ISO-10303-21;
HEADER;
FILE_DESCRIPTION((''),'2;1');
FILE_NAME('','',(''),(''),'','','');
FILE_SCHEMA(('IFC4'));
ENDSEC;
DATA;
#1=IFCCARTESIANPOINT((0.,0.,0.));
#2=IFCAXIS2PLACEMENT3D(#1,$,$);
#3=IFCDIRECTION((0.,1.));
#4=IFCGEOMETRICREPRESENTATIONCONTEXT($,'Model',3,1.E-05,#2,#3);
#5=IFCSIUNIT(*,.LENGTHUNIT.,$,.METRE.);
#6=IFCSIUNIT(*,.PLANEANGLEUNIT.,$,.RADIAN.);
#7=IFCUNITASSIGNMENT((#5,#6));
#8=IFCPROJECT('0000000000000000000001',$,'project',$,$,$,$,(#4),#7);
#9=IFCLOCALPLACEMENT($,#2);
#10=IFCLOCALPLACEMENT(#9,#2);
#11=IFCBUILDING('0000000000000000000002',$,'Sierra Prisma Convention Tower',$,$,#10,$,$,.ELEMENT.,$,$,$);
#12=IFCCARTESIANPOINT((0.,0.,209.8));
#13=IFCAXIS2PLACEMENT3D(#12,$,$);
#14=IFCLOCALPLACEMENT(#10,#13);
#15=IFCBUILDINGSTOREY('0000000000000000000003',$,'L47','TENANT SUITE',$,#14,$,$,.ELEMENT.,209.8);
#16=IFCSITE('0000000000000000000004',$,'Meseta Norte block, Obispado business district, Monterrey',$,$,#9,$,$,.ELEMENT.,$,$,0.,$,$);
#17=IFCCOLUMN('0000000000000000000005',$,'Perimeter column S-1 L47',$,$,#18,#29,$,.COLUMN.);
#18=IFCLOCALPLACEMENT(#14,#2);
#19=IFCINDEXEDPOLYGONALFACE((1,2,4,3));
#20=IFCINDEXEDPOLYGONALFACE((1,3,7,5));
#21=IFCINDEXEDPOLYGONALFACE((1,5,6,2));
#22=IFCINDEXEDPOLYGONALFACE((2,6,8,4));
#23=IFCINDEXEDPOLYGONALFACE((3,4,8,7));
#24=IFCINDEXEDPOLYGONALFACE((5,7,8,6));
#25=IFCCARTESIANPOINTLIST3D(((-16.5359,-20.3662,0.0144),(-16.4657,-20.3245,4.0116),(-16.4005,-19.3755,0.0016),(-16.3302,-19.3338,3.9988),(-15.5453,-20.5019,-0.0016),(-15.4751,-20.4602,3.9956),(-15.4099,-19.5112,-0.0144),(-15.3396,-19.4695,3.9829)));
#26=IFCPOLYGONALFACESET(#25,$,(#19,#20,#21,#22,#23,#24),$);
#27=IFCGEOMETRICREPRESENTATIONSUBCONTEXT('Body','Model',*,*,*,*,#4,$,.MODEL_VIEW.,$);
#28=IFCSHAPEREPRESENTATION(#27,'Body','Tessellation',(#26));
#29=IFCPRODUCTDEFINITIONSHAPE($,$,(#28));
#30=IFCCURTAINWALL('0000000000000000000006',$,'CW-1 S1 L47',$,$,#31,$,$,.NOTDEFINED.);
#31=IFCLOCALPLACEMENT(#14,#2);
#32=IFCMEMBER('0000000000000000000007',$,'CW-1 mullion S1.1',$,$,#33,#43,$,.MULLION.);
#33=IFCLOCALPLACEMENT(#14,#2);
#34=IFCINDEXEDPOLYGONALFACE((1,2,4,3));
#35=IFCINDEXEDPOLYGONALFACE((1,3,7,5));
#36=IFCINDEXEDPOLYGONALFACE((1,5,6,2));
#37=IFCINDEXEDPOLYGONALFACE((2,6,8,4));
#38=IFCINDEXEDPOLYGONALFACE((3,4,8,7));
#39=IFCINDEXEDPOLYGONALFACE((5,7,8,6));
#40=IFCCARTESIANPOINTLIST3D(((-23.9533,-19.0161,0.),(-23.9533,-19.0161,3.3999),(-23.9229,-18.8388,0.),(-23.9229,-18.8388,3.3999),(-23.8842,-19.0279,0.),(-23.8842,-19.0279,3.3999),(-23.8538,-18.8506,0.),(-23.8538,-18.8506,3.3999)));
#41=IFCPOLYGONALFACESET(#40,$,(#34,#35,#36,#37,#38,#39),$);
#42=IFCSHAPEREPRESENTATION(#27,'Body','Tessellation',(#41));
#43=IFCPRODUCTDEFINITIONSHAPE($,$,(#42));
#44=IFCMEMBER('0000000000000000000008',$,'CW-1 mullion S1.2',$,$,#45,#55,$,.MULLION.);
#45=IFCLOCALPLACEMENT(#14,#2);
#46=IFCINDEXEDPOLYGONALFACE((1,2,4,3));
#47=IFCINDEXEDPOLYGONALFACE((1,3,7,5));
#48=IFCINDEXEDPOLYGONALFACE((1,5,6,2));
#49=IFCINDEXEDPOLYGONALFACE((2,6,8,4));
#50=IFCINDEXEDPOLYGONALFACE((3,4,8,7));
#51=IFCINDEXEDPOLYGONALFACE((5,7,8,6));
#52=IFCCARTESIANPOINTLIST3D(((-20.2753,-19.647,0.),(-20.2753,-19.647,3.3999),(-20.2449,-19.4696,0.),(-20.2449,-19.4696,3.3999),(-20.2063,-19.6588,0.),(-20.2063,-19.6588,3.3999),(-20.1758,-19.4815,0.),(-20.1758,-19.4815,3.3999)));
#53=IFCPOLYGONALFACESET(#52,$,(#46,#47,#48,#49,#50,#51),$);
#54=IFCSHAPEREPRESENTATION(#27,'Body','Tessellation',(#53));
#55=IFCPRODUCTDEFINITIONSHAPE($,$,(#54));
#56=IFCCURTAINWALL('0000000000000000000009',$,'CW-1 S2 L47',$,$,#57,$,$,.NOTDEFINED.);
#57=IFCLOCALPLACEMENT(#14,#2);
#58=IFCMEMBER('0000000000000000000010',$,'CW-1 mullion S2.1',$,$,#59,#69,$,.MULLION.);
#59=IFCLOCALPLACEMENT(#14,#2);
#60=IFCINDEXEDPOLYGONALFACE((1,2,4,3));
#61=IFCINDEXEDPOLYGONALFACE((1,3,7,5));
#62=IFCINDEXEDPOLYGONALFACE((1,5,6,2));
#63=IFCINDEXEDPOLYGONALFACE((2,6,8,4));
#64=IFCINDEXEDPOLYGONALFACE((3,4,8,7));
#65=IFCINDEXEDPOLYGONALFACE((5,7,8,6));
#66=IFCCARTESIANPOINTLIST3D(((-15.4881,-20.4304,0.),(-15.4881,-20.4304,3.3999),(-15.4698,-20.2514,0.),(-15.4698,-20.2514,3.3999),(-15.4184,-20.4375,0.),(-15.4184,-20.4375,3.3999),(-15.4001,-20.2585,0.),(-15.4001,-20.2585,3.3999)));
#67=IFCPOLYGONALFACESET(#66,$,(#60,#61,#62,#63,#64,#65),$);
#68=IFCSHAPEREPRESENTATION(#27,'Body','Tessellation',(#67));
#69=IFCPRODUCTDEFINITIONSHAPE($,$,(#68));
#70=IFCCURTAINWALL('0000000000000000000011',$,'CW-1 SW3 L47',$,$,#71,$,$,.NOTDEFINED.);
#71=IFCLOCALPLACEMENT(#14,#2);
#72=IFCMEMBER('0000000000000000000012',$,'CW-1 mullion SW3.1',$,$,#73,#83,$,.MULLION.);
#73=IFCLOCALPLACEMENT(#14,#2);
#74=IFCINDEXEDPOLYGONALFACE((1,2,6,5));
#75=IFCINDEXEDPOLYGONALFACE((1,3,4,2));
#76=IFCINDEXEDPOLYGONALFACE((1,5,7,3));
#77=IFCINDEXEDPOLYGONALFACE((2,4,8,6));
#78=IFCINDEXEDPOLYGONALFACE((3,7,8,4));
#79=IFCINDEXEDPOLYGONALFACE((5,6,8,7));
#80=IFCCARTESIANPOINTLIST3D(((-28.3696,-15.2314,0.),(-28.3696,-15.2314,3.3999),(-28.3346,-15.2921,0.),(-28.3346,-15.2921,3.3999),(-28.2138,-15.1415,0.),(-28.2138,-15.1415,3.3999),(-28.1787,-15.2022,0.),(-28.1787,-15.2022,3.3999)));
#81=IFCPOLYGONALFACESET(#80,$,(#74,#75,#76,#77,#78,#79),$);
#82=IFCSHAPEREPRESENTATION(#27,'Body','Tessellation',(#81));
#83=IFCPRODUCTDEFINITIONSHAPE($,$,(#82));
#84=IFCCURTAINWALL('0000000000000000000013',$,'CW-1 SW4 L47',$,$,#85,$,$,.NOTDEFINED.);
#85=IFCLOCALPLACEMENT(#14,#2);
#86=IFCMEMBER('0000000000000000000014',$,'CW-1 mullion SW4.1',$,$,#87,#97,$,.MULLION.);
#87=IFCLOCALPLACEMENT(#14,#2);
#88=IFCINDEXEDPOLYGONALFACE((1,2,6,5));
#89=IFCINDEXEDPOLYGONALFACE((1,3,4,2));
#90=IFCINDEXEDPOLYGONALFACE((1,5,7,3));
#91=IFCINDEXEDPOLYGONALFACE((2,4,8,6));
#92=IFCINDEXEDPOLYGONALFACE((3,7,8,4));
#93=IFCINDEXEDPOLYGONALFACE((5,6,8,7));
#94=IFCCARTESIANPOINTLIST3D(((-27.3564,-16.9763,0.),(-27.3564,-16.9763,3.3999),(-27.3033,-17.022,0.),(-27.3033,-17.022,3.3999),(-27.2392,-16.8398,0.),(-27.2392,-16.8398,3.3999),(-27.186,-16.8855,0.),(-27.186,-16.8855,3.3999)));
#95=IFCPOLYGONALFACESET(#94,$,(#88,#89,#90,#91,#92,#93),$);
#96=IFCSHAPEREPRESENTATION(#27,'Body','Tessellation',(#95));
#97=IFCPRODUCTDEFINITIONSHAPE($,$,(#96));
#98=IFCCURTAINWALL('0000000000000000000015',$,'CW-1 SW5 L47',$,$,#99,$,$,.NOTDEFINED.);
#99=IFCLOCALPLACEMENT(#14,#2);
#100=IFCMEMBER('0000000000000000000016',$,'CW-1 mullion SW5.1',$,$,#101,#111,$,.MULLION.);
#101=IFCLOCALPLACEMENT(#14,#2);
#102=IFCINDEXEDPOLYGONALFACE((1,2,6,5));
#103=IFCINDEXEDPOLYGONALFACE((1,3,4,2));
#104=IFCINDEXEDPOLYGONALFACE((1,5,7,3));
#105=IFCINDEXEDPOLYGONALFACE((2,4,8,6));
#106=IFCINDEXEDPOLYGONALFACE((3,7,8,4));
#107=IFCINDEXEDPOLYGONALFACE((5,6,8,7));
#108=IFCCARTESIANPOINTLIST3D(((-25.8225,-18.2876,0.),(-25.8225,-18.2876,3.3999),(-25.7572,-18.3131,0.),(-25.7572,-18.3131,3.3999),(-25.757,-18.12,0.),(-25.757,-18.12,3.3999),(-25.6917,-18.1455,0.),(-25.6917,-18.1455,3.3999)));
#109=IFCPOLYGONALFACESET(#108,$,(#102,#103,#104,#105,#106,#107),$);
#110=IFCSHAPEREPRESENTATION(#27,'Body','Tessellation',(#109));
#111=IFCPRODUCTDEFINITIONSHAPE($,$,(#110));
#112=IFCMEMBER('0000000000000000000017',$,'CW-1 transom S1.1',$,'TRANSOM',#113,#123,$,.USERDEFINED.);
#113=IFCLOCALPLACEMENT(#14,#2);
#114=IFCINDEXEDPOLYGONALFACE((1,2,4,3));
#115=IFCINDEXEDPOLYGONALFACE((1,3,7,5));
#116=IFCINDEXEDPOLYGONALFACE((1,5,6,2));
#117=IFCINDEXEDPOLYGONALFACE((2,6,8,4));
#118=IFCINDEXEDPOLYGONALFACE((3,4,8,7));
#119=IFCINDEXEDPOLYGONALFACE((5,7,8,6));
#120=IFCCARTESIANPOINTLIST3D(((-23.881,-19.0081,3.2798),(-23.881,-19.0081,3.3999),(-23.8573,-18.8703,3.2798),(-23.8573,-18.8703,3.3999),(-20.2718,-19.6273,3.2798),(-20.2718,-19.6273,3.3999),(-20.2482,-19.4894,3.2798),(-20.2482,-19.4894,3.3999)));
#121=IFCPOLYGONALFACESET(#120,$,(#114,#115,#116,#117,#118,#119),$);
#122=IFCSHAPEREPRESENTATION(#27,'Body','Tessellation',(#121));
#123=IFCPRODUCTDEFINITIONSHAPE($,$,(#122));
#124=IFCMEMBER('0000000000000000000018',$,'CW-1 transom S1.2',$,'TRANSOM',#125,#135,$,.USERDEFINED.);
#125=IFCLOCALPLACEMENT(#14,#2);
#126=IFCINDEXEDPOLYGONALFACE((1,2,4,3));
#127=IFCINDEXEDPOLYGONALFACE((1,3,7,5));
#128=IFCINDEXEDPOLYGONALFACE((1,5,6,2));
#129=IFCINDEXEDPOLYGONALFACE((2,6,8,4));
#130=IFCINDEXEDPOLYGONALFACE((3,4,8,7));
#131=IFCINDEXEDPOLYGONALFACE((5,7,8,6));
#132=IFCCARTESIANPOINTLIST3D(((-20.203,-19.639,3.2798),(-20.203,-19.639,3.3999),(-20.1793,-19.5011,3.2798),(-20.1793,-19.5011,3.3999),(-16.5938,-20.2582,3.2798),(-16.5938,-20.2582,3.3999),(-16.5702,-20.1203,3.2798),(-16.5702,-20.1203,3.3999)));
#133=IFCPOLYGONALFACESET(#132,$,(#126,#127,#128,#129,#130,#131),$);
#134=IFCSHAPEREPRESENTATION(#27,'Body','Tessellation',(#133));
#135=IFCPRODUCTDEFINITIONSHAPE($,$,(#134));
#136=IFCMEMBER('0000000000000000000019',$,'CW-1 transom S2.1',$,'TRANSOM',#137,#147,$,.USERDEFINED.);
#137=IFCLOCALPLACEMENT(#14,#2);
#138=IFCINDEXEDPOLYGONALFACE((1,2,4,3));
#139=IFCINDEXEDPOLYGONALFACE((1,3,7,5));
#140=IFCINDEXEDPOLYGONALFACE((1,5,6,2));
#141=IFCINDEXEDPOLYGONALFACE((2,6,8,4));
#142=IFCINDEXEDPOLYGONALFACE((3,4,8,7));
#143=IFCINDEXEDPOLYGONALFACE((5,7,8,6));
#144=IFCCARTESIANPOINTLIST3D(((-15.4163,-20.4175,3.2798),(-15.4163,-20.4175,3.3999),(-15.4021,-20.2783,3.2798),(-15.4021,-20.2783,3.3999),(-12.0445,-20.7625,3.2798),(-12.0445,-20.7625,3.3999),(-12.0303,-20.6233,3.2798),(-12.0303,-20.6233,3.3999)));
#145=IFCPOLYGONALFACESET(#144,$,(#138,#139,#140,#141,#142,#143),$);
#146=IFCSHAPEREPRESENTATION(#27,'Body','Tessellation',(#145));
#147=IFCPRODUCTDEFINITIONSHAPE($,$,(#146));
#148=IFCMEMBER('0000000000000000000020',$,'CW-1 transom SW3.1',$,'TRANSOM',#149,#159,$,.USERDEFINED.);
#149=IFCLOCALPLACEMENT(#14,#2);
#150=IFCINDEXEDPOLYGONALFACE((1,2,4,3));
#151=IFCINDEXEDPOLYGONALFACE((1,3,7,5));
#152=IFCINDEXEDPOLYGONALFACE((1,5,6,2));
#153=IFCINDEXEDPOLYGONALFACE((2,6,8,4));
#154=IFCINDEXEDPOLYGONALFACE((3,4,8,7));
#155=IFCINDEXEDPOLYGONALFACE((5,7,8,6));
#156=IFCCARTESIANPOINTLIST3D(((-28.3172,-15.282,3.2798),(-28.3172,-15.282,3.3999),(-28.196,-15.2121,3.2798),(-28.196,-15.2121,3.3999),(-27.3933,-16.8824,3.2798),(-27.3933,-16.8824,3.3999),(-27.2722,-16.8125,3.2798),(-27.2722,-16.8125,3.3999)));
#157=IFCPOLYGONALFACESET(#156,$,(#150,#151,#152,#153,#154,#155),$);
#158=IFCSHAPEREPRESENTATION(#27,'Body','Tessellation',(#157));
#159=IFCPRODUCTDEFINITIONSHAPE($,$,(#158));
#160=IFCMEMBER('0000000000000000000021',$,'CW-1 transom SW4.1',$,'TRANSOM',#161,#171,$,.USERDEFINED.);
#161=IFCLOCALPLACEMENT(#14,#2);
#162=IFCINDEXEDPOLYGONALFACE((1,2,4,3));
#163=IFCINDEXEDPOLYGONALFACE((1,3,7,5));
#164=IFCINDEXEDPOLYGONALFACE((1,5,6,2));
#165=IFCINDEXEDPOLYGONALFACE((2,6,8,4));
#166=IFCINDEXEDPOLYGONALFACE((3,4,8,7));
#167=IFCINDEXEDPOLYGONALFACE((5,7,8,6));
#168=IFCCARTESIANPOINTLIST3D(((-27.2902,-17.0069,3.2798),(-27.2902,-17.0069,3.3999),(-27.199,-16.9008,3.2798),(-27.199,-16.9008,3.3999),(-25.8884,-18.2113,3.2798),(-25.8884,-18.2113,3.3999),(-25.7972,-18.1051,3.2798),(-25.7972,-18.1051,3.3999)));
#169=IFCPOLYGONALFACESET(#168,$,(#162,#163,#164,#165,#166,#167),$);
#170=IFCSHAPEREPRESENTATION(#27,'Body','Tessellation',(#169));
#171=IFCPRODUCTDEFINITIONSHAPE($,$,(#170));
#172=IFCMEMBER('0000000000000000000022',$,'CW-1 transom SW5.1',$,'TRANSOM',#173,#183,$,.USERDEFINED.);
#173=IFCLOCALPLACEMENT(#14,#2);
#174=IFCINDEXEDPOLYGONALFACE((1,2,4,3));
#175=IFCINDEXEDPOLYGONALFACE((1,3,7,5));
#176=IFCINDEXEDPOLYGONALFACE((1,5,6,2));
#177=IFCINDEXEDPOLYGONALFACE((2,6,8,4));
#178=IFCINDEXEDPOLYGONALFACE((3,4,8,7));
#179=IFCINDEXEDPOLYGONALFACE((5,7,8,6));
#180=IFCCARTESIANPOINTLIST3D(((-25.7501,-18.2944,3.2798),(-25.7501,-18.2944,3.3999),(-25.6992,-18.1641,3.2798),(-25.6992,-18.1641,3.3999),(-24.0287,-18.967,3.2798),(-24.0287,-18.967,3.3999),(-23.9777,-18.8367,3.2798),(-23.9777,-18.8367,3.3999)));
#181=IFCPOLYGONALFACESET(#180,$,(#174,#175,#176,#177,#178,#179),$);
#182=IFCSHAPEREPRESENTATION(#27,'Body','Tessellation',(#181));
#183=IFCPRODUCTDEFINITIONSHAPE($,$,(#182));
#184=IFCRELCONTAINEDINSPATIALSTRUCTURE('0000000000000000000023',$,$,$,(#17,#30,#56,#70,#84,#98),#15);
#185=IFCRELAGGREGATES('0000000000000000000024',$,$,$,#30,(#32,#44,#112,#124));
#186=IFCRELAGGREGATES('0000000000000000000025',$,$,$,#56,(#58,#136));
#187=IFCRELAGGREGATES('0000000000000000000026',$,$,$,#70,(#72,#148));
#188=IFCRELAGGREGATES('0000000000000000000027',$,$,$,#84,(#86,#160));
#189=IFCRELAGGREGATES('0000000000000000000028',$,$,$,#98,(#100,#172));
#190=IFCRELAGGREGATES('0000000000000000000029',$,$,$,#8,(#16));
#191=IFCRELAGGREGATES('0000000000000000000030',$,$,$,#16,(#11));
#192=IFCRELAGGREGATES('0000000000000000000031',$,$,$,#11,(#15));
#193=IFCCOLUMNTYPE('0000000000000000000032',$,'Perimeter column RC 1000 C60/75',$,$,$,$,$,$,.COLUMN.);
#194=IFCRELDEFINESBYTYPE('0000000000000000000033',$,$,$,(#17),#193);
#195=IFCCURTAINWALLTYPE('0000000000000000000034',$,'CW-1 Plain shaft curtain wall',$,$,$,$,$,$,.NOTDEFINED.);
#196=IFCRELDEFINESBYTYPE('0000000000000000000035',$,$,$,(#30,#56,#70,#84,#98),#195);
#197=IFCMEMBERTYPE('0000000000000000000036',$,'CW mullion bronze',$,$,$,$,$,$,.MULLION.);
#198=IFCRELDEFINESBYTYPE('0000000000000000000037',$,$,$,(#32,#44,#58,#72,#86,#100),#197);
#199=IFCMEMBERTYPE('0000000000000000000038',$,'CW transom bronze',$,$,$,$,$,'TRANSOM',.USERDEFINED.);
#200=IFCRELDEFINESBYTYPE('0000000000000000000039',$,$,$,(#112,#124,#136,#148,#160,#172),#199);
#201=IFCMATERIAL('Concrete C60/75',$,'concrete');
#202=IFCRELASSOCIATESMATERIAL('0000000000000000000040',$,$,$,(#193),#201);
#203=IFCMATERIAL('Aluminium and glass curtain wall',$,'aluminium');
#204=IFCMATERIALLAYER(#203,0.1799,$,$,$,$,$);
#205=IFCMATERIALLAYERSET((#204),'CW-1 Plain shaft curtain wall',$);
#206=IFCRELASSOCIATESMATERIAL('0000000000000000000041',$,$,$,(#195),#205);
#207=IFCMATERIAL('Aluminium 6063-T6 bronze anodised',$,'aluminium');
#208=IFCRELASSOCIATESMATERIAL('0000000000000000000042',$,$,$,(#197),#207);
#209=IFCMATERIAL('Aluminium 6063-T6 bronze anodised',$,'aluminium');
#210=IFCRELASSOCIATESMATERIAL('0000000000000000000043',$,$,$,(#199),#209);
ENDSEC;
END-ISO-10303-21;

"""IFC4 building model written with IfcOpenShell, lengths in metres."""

from ifc_helpers import new_model, si_unit, direction, frame, origin, origin_2d, place, context, subcontext, project, spatial, rectangle, extrude, clip, halfspace, material, layer, layer_set, material_profile, profile_set, type_object, element, aggregate, save


model = new_model("IFC4")

# Units and contexts
model_context = context("Model", 3, precision=1e-05, world=origin(), true_north=direction((0.0, 1.0)))
body_context = subcontext(model_context, "Body", "Model", "MODEL_VIEW")
ifc_project = project(units=[si_unit("LENGTHUNIT", "METRE"), si_unit("PLANEANGLEUNIT", "RADIAN")], contexts=[model_context])

# Site, building, storey
site_placement = place(None, origin())
site = spatial("IfcSite", under=ifc_project, at=site_placement, Name="Meseta Norte block, Obispado business district, Monterrey", CompositionType="ELEMENT", RefElevation=0.0)
building_placement = place(site_placement, origin())
building = spatial("IfcBuilding", under=site, at=building_placement, Name="Sierra Prisma Convention Tower", CompositionType="ELEMENT")
storey_placement = place(building_placement, frame((0.0, 0.0, 209.8)))
storey = spatial("IfcBuildingStorey", under=building, at=storey_placement, Name="L47", Description="TENANT SUITE", CompositionType="ELEMENT", Elevation=209.8)

# Column
ifc_material_1 = material(Name="Concrete C60/75", Category="concrete")
ifc_material_profile_1 = material_profile(ifc_material_1, rectangle(XDim=1.0, YDim=1.0, at=origin_2d()), Name="Perimeter column RC 1000 C60/75")
ifc_profile_set_1 = profile_set([ifc_material_profile_1], Name="Concrete C60/75")
column_type = type_object("IfcColumnType", Name="Perimeter column RC 1000 C60/75", PredefinedType="COLUMN", material=ifc_profile_set_1)
column_placement = place(storey_placement, frame((-15.9729, -19.9387, 0.0), z_axis=(0.017574, 0.010435, 0.999791), x_axis=(-0.990627, 0.135653, 0.015998)))
element("IfcColumn", 1, at=column_placement, inside=storey, type_object=column_type, Name="Perimeter column S-1 L47", PredefinedType="COLUMN", context=body_context, shape_type="SweptSolid", body=[
    clip(extrude(rectangle(XDim=1.0, YDim=1.0, at=origin_2d()), origin(), (0.0, 0.0, 1.0), 4.0007), halfspace(frame((0.0, 0.0, 3.998)), False)),
])

# Curtain wall, members
ifc_material_2 = material(Name="Aluminium and glass curtain wall", Category="aluminium")
ifc_layer_1 = layer(ifc_material_2, 0.1799)
ifc_layer_set_1 = layer_set([ifc_layer_1], Name="CW-1 Plain shaft curtain wall")
curtain_wall_type = type_object("IfcCurtainWallType", Name="CW-1 Plain shaft curtain wall", PredefinedType="NOTDEFINED", material=ifc_layer_set_1)
curtain_wall_1_placement = place(storey_placement, origin())
curtain_wall_1 = element("IfcCurtainWall", 2, at=curtain_wall_1_placement, inside=storey, type_object=curtain_wall_type, Name="CW-1 S1 L47", PredefinedType="NOTDEFINED")
ifc_material_3 = material(Name="Aluminium 6063-T6 bronze anodised", Category="aluminium")
ifc_material_profile_2 = material_profile(ifc_material_3, rectangle(XDim=0.1799, YDim=0.0701, at=origin_2d()), Name="ALU MULLION 70x180")
ifc_profile_set_2 = profile_set([ifc_material_profile_2], Name="Aluminium 6063-T6 bronze anodised")
member_type_1 = type_object("IfcMemberType", Name="CW mullion bronze", PredefinedType="MULLION", material=ifc_profile_set_2)
member_1_placement = place(storey_placement, frame((-23.9036, -18.9333, 0.0), z_axis=(0.0, 0.0, 1.0), x_axis=(0.169055, 0.985607, 0.0)))
member_1 = element("IfcMember", 3, at=member_1_placement, type_object=member_type_1, Name="CW-1 mullion S1.1", PredefinedType="MULLION", context=body_context, shape_type="SweptSolid", body=[
    extrude(rectangle(XDim=0.1799, YDim=0.0701, at=origin_2d()), origin(), (0.0, 0.0, 1.0), 3.3999),
])
member_2_placement = place(storey_placement, frame((-20.2256, -19.5642, 0.0), z_axis=(0.0, 0.0, 1.0), x_axis=(0.169055, 0.985607, 0.0)))
member_2 = element("IfcMember", 4, at=member_2_placement, type_object=member_type_1, Name="CW-1 mullion S1.2", PredefinedType="MULLION", context=body_context, shape_type="SweptSolid", body=[
    extrude(rectangle(XDim=0.1799, YDim=0.0701, at=origin_2d()), origin(), (0.0, 0.0, 1.0), 3.3999),
])

# Curtain walls, members
curtain_wall_2_placement = place(storey_placement, origin())
curtain_wall_2 = element("IfcCurtainWall", 5, at=curtain_wall_2_placement, inside=storey, type_object=curtain_wall_type, Name="CW-1 S2 L47", PredefinedType="NOTDEFINED")
member_3_placement = place(storey_placement, frame((-15.4441, -20.3445, 0.0), z_axis=(0.0, 0.0, 1.0), x_axis=(0.101746, 0.99481, 0.0)))
member_3 = element("IfcMember", 6, at=member_3_placement, type_object=member_type_1, Name="CW-1 mullion S2.1", PredefinedType="MULLION", context=body_context, shape_type="SweptSolid", body=[
    extrude(rectangle(XDim=0.1799, YDim=0.0701, at=origin_2d()), origin(), (0.0, 0.0, 1.0), 3.3999),
])
curtain_wall_3_placement = place(storey_placement, origin())
curtain_wall_3 = element("IfcCurtainWall", 7, at=curtain_wall_3_placement, inside=storey, type_object=curtain_wall_type, Name="CW-1 SW3 L47", PredefinedType="NOTDEFINED")
member_4_placement = place(storey_placement, frame((-28.2742, -15.2168, 0.0), z_axis=(0.0, 0.0, 1.0), x_axis=(0.866025, 0.5, 0.0)))
member_4 = element("IfcMember", 8, at=member_4_placement, type_object=member_type_1, Name="CW-1 mullion SW3.1", PredefinedType="MULLION", context=body_context, shape_type="SweptSolid", body=[
    extrude(rectangle(XDim=0.1799, YDim=0.0701, at=origin_2d()), origin(), (0.0, 0.0, 1.0), 3.3999),
])
curtain_wall_4_placement = place(storey_placement, origin())
curtain_wall_4 = element("IfcCurtainWall", 9, at=curtain_wall_4_placement, inside=storey, type_object=curtain_wall_type, Name="CW-1 SW4 L47", PredefinedType="NOTDEFINED")
member_5_placement = place(storey_placement, frame((-27.2712, -16.9309, 0.0), z_axis=(0.0, 0.0, 1.0), x_axis=(0.651725, 0.758455, 0.0)))
member_5 = element("IfcMember", 10, at=member_5_placement, type_object=member_type_1, Name="CW-1 mullion SW4.1", PredefinedType="MULLION", context=body_context, shape_type="SweptSolid", body=[
    extrude(rectangle(XDim=0.1799, YDim=0.0701, at=origin_2d()), origin(), (0.0, 0.0, 1.0), 3.3999),
])
curtain_wall_5_placement = place(storey_placement, origin())
curtain_wall_5 = element("IfcCurtainWall", 11, at=curtain_wall_5_placement, inside=storey, type_object=curtain_wall_type, Name="CW-1 SW5 L47", PredefinedType="NOTDEFINED")
member_6_placement = place(storey_placement, frame((-25.7571, -18.2166, 0.0), z_axis=(0.0, 0.0, 1.0), x_axis=(0.36396, 0.931415, 0.0)))
member_6 = element("IfcMember", 12, at=member_6_placement, type_object=member_type_1, Name="CW-1 mullion SW5.1", PredefinedType="MULLION", context=body_context, shape_type="SweptSolid", body=[
    extrude(rectangle(XDim=0.1799, YDim=0.0701, at=origin_2d()), origin(), (0.0, 0.0, 1.0), 3.3999),
])

# Members
ifc_material_4 = material(Name="Aluminium 6063-T6 bronze anodised", Category="aluminium")
ifc_material_profile_3 = material_profile(ifc_material_4, rectangle(XDim=0.1399, YDim=0.1201, at=origin_2d()), Name="ALU TRANSOM 120x140")
ifc_profile_set_3 = profile_set([ifc_material_profile_3], Name="Aluminium 6063-T6 bronze anodised")
member_type_2 = type_object("IfcMemberType", Name="CW transom bronze", ElementType="TRANSOM", PredefinedType="USERDEFINED", material=ifc_profile_set_3)
member_7_placement = place(storey_placement, frame((-23.8691, -18.9392, 3.3398), z_axis=(0.985603, -0.169079, 0.0), x_axis=(0.169079, 0.985603, 0.0)))
member_7 = element("IfcMember", 13, at=member_7_placement, type_object=member_type_2, Name="CW-1 transom S1.1", ObjectType="TRANSOM", PredefinedType="USERDEFINED", context=body_context, shape_type="SweptSolid", body=[
    extrude(rectangle(XDim=0.1399, YDim=0.1201, at=origin_2d()), origin(), (0.0, 0.0, 1.0), 3.6619),
])
member_8_placement = place(storey_placement, frame((-20.1912, -19.5701, 3.3398), z_axis=(0.985603, -0.169079, 0.0), x_axis=(0.169079, 0.985603, 0.0)))
member_8 = element("IfcMember", 14, at=member_8_placement, type_object=member_type_2, Name="CW-1 transom S1.2", ObjectType="TRANSOM", PredefinedType="USERDEFINED", context=body_context, shape_type="SweptSolid", body=[
    extrude(rectangle(XDim=0.1399, YDim=0.1201, at=origin_2d()), origin(), (0.0, 0.0, 1.0), 3.6619),
])
member_9_placement = place(storey_placement, frame((-15.4092, -20.3479, 3.3398), z_axis=(0.994807, -0.101778, 0.0), x_axis=(0.101778, 0.994807, 0.0)))
member_9 = element("IfcMember", 15, at=member_9_placement, type_object=member_type_2, Name="CW-1 transom S2.1", ObjectType="TRANSOM", PredefinedType="USERDEFINED", context=body_context, shape_type="SweptSolid", body=[
    extrude(rectangle(XDim=0.1399, YDim=0.1201, at=origin_2d()), origin(), (0.0, 0.0, 1.0), 3.3894),
])
member_10_placement = place(storey_placement, frame((-28.2566, -15.2471, 3.3398), z_axis=(0.499947, -0.866056, 0.0), x_axis=(0.866056, 0.499947, 0.0)))
member_10 = element("IfcMember", 16, at=member_10_placement, type_object=member_type_2, Name="CW-1 transom SW3.1", ObjectType="TRANSOM", PredefinedType="USERDEFINED", context=body_context, shape_type="SweptSolid", body=[
    extrude(rectangle(XDim=0.1399, YDim=0.1201, at=origin_2d()), origin(), (0.0, 0.0, 1.0), 1.8479),
])
member_11_placement = place(storey_placement, frame((-27.2446, -16.9539, 3.3398), z_axis=(0.758519, -0.65165, 0.0), x_axis=(0.65165, 0.758519, 0.0)))
member_11 = element("IfcMember", 17, at=member_11_placement, type_object=member_type_2, Name="CW-1 transom SW4.1", ObjectType="TRANSOM", PredefinedType="USERDEFINED", context=body_context, shape_type="SweptSolid", body=[
    extrude(rectangle(XDim=0.1399, YDim=0.1201, at=origin_2d()), origin(), (0.0, 0.0, 1.0), 1.8481),
])
member_12_placement = place(storey_placement, frame((-25.7246, -18.2292, 3.3398), z_axis=(0.931426, -0.363931, 0.0), x_axis=(0.363931, 0.931426, 0.0)))
member_12 = element("IfcMember", 18, at=member_12_placement, type_object=member_type_2, Name="CW-1 transom SW5.1", ObjectType="TRANSOM", PredefinedType="USERDEFINED", context=body_context, shape_type="SweptSolid", body=[
    extrude(rectangle(XDim=0.1399, YDim=0.1201, at=origin_2d()), origin(), (0.0, 0.0, 1.0), 1.8481),
])

aggregate(curtain_wall_1, [member_1, member_2, member_7, member_8])
aggregate(curtain_wall_2, [member_3, member_9])
aggregate(curtain_wall_3, [member_4, member_10])
aggregate(curtain_wall_4, [member_5, member_11])
aggregate(curtain_wall_5, [member_6, member_12])

save(model, "model.ifc")
